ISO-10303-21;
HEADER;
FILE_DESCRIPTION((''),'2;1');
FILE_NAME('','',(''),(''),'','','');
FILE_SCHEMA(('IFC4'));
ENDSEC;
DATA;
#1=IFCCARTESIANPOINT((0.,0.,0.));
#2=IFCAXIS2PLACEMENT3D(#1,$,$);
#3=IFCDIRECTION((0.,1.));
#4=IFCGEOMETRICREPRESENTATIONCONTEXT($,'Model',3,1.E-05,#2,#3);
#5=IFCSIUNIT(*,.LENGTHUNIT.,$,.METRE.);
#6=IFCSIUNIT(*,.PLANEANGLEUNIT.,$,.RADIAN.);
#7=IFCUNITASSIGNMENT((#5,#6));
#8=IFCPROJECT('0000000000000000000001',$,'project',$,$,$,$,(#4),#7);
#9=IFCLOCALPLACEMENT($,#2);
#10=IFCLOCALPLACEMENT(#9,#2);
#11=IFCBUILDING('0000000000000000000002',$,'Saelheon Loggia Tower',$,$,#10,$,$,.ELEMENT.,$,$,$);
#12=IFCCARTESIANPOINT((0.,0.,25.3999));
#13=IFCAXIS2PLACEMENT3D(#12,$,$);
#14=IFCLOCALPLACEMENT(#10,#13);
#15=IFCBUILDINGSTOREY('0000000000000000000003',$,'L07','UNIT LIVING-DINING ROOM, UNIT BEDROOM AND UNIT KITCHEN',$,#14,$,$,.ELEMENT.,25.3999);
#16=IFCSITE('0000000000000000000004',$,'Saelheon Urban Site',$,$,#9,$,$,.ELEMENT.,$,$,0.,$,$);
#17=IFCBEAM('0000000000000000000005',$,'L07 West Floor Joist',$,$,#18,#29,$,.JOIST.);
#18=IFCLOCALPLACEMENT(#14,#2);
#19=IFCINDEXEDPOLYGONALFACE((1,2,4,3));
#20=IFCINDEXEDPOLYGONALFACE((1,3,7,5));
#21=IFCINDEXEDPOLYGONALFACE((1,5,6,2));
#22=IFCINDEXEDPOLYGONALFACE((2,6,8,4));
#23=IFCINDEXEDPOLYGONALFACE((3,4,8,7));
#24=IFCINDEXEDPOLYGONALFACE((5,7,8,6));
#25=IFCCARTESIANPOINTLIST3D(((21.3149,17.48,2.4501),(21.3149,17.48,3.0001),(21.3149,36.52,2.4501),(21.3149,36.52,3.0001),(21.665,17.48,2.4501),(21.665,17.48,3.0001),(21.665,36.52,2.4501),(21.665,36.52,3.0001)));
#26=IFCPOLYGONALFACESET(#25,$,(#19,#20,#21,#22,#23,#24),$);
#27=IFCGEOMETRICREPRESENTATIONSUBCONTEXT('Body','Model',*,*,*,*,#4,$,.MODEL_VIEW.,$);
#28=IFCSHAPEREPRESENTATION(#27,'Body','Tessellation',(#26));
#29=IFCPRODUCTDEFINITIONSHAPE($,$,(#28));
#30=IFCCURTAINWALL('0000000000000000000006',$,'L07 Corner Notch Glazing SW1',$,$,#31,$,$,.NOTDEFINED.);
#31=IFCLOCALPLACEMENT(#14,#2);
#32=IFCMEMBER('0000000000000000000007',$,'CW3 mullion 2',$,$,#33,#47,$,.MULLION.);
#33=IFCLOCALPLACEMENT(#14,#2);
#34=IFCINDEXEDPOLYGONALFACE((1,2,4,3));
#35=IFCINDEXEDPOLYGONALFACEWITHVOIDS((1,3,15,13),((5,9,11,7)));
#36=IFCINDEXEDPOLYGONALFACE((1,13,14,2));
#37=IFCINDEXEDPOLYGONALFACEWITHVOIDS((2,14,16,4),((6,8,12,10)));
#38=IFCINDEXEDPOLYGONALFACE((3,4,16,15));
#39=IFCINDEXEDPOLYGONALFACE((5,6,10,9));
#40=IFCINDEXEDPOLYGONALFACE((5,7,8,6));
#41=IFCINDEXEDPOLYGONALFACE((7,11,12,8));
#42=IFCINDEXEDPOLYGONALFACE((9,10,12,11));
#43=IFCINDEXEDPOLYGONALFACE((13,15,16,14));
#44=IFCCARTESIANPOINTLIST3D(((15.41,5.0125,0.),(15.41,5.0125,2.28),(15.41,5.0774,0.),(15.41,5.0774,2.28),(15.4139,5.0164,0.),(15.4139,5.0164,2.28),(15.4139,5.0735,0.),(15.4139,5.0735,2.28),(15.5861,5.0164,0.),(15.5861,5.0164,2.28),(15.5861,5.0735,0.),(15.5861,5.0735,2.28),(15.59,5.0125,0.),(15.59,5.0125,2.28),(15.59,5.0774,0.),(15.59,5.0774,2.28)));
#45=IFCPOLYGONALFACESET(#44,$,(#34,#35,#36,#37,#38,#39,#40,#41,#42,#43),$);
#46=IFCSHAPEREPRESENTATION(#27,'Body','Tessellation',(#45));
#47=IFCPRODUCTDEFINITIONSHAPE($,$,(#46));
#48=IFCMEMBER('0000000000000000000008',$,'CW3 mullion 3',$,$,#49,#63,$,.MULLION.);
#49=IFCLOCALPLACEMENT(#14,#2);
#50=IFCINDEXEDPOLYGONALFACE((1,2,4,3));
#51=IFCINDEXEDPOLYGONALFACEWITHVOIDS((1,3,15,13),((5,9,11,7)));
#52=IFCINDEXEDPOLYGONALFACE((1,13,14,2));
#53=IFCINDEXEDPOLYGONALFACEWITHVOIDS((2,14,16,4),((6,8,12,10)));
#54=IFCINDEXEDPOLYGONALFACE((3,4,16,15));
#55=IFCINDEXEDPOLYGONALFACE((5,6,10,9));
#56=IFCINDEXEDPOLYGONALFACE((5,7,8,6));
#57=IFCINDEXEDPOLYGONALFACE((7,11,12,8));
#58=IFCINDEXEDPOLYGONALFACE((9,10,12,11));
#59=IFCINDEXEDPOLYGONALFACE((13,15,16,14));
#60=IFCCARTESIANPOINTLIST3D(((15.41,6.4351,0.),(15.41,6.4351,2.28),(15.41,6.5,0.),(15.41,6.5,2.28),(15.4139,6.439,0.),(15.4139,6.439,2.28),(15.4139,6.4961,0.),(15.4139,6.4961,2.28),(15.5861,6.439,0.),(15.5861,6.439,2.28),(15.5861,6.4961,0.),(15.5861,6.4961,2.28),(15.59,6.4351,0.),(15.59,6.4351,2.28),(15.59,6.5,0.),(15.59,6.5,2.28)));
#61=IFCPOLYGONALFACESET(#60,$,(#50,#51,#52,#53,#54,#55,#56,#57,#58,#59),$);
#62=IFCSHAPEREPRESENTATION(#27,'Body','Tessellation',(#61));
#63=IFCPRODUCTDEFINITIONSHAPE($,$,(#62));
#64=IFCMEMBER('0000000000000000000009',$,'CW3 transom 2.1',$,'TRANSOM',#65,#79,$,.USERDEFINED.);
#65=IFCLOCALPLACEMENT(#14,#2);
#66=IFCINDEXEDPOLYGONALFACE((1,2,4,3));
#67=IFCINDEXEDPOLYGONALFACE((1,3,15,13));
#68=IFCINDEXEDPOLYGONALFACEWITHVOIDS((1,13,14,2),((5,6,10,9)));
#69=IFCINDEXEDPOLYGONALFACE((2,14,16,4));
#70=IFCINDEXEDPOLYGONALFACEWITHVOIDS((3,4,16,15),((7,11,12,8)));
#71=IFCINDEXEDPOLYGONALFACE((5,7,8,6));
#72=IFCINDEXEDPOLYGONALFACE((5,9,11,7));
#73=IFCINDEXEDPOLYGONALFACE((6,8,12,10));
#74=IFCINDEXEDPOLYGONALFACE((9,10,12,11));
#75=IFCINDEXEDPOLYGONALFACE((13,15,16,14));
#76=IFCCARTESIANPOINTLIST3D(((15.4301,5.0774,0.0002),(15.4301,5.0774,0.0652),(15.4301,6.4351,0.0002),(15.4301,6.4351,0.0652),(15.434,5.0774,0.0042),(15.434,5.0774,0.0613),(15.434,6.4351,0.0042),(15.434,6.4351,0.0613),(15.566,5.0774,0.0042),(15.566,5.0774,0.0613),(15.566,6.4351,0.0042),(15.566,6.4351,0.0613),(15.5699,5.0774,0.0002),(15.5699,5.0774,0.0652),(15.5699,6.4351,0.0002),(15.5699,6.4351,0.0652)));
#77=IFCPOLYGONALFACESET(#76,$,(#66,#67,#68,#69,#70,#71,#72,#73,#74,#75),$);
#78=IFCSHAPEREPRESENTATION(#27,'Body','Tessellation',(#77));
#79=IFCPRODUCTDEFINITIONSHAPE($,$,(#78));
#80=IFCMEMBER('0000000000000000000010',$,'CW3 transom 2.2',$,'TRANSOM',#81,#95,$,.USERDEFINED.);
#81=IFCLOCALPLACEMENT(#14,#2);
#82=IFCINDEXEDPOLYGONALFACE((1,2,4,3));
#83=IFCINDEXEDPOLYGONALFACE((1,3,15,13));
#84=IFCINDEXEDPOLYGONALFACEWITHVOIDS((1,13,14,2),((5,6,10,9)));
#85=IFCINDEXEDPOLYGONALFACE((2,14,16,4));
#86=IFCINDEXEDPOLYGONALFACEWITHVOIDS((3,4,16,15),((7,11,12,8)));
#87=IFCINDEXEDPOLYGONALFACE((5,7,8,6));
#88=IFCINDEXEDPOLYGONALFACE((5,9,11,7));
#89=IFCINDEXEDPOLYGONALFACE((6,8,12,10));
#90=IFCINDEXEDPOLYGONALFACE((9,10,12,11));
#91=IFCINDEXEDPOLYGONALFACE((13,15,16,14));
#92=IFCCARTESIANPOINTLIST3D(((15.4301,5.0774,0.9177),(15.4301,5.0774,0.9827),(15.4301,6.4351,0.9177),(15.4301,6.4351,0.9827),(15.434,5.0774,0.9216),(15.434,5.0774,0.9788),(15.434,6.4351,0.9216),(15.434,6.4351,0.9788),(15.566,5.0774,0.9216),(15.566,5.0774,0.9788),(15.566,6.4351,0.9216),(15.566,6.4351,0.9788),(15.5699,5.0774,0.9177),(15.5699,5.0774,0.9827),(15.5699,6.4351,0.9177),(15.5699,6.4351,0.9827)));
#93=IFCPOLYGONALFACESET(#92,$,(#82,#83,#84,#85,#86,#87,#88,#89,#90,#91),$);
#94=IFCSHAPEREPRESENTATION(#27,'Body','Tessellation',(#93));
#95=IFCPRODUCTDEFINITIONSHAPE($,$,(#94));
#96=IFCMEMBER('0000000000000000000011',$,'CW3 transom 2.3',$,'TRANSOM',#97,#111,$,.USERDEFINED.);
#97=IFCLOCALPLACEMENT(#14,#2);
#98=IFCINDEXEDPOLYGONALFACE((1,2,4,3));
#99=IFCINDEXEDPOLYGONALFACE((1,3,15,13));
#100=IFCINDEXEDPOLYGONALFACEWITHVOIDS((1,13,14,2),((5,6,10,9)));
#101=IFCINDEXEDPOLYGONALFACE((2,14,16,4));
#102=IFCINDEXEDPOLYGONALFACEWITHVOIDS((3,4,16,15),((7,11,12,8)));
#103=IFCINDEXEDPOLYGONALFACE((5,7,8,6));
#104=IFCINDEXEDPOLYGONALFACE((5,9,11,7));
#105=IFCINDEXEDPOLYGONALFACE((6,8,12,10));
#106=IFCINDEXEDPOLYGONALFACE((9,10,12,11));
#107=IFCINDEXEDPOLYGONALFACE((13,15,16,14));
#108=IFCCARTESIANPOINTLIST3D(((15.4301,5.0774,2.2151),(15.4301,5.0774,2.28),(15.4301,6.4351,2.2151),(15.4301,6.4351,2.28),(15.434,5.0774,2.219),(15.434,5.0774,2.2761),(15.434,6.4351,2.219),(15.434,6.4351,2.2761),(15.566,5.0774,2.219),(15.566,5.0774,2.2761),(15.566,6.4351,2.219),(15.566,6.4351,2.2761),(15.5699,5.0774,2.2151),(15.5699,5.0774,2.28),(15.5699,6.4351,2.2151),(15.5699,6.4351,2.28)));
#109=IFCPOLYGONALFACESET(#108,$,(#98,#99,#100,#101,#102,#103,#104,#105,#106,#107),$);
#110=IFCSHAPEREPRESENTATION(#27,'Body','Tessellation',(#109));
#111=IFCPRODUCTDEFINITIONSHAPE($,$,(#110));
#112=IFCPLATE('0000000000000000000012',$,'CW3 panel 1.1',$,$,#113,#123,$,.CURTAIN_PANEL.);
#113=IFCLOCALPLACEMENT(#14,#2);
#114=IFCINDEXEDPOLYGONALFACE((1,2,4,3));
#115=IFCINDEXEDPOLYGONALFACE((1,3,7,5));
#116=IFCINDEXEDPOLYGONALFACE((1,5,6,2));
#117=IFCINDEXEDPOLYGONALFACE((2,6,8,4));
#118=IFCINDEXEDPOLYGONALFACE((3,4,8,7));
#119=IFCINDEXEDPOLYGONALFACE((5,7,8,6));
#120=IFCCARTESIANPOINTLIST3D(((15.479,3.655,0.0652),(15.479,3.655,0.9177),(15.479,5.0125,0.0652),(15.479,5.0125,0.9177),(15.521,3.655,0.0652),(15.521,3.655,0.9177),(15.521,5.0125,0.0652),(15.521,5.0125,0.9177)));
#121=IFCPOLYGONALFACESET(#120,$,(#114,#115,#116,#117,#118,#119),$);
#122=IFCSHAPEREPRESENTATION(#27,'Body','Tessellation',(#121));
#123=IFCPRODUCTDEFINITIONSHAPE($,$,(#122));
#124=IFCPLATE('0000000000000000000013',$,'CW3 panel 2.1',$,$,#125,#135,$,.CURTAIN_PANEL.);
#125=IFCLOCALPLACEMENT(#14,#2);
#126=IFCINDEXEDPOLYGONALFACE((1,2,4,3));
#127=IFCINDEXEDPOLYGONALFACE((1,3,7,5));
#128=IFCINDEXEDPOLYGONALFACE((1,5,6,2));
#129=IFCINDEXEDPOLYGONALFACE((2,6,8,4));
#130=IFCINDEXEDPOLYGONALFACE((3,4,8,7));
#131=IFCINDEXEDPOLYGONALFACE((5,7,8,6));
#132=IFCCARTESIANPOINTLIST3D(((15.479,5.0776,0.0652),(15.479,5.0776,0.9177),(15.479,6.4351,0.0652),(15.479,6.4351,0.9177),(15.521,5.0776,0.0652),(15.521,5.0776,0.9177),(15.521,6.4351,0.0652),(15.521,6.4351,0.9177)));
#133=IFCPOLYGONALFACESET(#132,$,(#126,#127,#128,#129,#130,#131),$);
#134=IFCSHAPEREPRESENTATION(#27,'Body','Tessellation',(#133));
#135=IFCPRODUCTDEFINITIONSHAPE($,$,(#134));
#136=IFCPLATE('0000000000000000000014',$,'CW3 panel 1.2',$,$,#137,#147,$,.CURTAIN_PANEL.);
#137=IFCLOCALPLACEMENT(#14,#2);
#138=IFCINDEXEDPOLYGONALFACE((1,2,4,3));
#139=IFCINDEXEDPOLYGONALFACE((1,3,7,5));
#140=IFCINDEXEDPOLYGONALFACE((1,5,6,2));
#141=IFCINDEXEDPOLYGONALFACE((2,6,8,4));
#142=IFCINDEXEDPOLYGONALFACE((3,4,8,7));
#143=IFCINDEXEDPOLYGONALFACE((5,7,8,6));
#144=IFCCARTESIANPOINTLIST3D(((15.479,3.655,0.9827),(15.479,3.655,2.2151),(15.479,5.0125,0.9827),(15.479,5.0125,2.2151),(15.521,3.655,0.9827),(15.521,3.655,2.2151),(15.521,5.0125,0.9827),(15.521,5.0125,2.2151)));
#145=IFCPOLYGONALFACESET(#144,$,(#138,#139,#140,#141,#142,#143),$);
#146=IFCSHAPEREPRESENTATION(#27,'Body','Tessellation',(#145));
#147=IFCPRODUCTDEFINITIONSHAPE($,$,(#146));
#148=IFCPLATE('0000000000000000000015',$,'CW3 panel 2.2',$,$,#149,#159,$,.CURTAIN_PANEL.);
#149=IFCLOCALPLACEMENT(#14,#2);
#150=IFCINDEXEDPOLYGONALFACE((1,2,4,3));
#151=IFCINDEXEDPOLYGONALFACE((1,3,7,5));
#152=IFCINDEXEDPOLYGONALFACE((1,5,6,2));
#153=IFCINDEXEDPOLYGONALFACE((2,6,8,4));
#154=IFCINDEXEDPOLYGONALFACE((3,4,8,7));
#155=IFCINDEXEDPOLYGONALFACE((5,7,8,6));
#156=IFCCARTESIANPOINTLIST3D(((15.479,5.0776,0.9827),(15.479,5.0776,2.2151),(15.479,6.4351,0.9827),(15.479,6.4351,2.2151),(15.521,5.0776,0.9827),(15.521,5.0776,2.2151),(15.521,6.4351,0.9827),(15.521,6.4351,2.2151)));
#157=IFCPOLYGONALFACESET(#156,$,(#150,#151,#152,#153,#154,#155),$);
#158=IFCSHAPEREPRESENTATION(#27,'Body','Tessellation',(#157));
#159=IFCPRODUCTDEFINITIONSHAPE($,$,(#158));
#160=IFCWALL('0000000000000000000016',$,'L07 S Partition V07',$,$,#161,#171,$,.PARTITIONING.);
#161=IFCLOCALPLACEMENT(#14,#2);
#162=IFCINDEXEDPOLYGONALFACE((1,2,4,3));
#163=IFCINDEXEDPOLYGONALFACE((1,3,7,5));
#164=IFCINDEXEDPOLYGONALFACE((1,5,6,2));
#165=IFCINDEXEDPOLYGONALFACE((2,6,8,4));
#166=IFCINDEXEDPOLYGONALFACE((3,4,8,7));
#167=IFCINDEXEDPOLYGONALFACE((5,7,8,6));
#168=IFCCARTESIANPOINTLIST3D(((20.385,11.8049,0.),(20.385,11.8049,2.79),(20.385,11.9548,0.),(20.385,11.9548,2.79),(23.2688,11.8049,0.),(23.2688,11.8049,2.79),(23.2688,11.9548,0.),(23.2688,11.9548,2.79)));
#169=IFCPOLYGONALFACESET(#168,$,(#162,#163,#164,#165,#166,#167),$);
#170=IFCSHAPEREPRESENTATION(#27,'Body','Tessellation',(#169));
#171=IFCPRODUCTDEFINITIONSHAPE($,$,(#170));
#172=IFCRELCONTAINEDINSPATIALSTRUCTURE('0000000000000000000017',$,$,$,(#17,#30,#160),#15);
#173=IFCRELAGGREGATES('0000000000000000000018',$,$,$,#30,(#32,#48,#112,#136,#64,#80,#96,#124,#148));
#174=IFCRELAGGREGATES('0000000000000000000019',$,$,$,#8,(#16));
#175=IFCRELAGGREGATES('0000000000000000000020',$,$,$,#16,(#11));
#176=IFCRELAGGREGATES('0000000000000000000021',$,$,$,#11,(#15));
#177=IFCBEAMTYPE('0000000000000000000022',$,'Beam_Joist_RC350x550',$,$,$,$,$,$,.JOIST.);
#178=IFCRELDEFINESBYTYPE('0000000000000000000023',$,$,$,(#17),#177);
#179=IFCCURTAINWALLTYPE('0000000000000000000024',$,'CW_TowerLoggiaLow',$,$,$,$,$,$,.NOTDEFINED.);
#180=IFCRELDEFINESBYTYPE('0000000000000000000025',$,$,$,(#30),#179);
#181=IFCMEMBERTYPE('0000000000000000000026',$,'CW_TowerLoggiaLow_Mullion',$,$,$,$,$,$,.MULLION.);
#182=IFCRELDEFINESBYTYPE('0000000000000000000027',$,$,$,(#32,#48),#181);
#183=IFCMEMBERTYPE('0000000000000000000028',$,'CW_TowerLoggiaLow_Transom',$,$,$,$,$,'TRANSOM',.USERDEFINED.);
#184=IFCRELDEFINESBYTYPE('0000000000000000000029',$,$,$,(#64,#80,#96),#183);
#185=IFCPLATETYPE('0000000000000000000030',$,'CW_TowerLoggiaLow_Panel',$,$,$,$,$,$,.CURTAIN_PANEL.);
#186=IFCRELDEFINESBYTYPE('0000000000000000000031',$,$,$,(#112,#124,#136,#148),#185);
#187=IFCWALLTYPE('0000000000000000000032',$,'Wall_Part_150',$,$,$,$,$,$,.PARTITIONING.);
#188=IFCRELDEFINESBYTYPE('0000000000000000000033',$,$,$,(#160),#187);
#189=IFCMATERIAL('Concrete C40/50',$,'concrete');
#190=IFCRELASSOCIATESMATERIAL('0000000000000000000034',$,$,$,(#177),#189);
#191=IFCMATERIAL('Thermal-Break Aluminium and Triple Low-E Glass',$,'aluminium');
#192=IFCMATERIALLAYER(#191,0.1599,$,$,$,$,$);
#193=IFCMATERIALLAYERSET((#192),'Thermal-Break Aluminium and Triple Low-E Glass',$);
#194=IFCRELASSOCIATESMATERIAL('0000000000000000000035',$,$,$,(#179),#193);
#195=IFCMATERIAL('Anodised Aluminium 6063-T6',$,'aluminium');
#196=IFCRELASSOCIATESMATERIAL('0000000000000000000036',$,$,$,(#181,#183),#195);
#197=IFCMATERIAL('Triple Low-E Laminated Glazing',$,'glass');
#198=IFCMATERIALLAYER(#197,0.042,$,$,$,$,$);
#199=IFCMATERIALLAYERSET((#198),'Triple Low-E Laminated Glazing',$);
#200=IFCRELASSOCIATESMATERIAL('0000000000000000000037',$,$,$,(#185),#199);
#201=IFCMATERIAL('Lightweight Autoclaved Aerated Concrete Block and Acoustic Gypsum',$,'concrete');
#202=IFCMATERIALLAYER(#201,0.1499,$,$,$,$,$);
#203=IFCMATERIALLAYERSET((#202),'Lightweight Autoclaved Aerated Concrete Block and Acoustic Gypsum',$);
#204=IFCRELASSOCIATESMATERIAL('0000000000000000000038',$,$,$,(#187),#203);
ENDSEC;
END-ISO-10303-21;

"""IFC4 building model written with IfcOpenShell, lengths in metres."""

from ifc_helpers import new_model, si_unit, direction, frame, frame_2d, origin, origin_2d, place, context, subcontext, project, spatial, rectangle, hollow_rectangle, extrude, source, transform, mapped, material, layer, layer_set, material_profile, profile_set, type_object, element, aggregate, save


model = new_model("IFC4")

# Units and contexts
model_context = context("Model", 3, precision=1e-05, world=origin(), true_north=direction((0.0, 1.0)))
body_context = subcontext(model_context, "Body", "Model", "MODEL_VIEW")
ifc_project = project(units=[si_unit("LENGTHUNIT", "METRE"), si_unit("PLANEANGLEUNIT", "RADIAN")], contexts=[model_context])

# Site, building, storey
site_placement = place(None, origin())
site = spatial("IfcSite", under=ifc_project, at=site_placement, Name="Saelheon Urban Site", CompositionType="ELEMENT", RefElevation=0.0)
building_placement = place(site_placement, origin())
building = spatial("IfcBuilding", under=site, at=building_placement, Name="Saelheon Loggia Tower", CompositionType="ELEMENT")
storey_placement = place(building_placement, frame((0.0, 0.0, 25.3999)))
storey = spatial("IfcBuildingStorey", under=building, at=storey_placement, Name="L07", Description="UNIT LIVING-DINING ROOM, UNIT BEDROOM AND UNIT KITCHEN", CompositionType="ELEMENT", Elevation=25.3999)

# Beam
ifc_material_1 = material(Name="Concrete C40/50", Category="concrete")
ifc_material_profile_1 = material_profile(ifc_material_1, rectangle(XDim=0.3501, YDim=0.55, at=origin_2d()), Name="RC-350x550")
ifc_profile_set_1 = profile_set([ifc_material_profile_1], Name="Concrete C40/50")
beam_type = type_object("IfcBeamType", Name="Beam_Joist_RC350x550", PredefinedType="JOIST", material=ifc_profile_set_1)
shared_shape_1 = source(origin(), body_context, "Body", "SweptSolid", [
    extrude(rectangle(XDim=0.3501, YDim=0.55, at=origin_2d()), origin(), (0.0, 0.0, 1.0), 19.04),
])
beam_placement = place(storey_placement, frame((21.49, 17.48, 2.7251), z_axis=(0.0, 1.0, 0.0), x_axis=(-1.0, 0.0, 0.0)))
element("IfcBeam", 1, at=beam_placement, inside=storey, type_object=beam_type, Name="L07 West Floor Joist", PredefinedType="JOIST", context=body_context, shape_type="MappedRepresentation", body=[
    mapped(shared_shape_1, transform((0.0, 0.0, 0.0), scale=1.0)),
])

# Curtain wall, members, plates
ifc_material_2 = material(Name="Thermal-Break Aluminium and Triple Low-E Glass", Category="aluminium")
ifc_layer_1 = layer(ifc_material_2, 0.1599)
ifc_layer_set_1 = layer_set([ifc_layer_1], Name="Thermal-Break Aluminium and Triple Low-E Glass")
curtain_wall_type = type_object("IfcCurtainWallType", Name="CW_TowerLoggiaLow", PredefinedType="NOTDEFINED", material=ifc_layer_set_1)
curtain_wall_placement = place(storey_placement, origin())
curtain_wall = element("IfcCurtainWall", 2, at=curtain_wall_placement, inside=storey, type_object=curtain_wall_type, Name="L07 Corner Notch Glazing SW1", PredefinedType="NOTDEFINED")
ifc_material_3 = material(Name="Anodised Aluminium 6063-T6", Category="aluminium")
ifc_material_profile_2 = material_profile(ifc_material_3, hollow_rectangle(XDim=0.0649, YDim=0.1799, WallThickness=0.0039, at=origin_2d()), Name="RHS-180x65x4")
ifc_profile_set_2 = profile_set([ifc_material_profile_2], Name="Anodised Aluminium 6063-T6")
member_type_1 = type_object("IfcMemberType", Name="CW_TowerLoggiaLow_Mullion", PredefinedType="MULLION", material=ifc_profile_set_2)
shared_shape_2 = source(origin(), body_context, "Body", "SweptSolid", [
    extrude(hollow_rectangle(XDim=0.0649, YDim=0.1799, WallThickness=0.0039, at=origin_2d()), origin(), (0.0, 0.0, 1.0), 2.28),
])
member_1_placement = place(storey_placement, frame((15.5, 5.0449, 0.0), z_axis=(0.0, 0.0, 1.0), x_axis=(0.0, 1.0, 0.0)))
member_1 = element("IfcMember", 3, at=member_1_placement, type_object=member_type_1, Name="CW3 mullion 2", PredefinedType="MULLION", context=body_context, shape_type="MappedRepresentation", body=[
    mapped(shared_shape_2, transform((0.0, 0.0, 0.0), scale=1.0)),
])
member_2_placement = place(storey_placement, frame((15.5, 6.4675, 0.0), z_axis=(0.0, 0.0, 1.0), x_axis=(0.0, 1.0, 0.0)))
member_2 = element("IfcMember", 4, at=member_2_placement, type_object=member_type_1, Name="CW3 mullion 3", PredefinedType="MULLION", context=body_context, shape_type="MappedRepresentation", body=[
    mapped(shared_shape_2, transform((0.0, 0.0, 0.0), scale=1.0)),
])
ifc_material_profile_3 = material_profile(ifc_material_3, hollow_rectangle(XDim=0.0649, YDim=0.1399, WallThickness=0.0039, at=origin_2d()), Name="RHS-140x65x4")
ifc_profile_set_3 = profile_set([ifc_material_profile_3], Name="Anodised Aluminium 6063-T6")
member_type_2 = type_object("IfcMemberType", Name="CW_TowerLoggiaLow_Transom", ElementType="TRANSOM", PredefinedType="USERDEFINED", material=ifc_profile_set_3)
shared_shape_3 = source(origin(), body_context, "Body", "SweptSolid", [
    extrude(hollow_rectangle(XDim=0.0649, YDim=0.1399, WallThickness=0.0039, at=origin_2d()), origin(), (0.0, 0.0, 1.0), 1.3577),
])
member_3_placement = place(storey_placement, frame((15.5, 5.0774, 0.0327), z_axis=(0.0, 1.0, 0.0), x_axis=(0.0, 0.0, 1.0)))
member_3 = element("IfcMember", 5, at=member_3_placement, type_object=member_type_2, Name="CW3 transom 2.1", ObjectType="TRANSOM", PredefinedType="USERDEFINED", context=body_context, shape_type="MappedRepresentation", body=[
    mapped(shared_shape_3, transform((0.0, 0.0, 0.0), scale=1.0)),
])
member_4_placement = place(storey_placement, frame((15.5, 5.0774, 0.9502), z_axis=(0.0, 1.0, 0.0), x_axis=(0.0, 0.0, 1.0)))
member_4 = element("IfcMember", 6, at=member_4_placement, type_object=member_type_2, Name="CW3 transom 2.2", ObjectType="TRANSOM", PredefinedType="USERDEFINED", context=body_context, shape_type="MappedRepresentation", body=[
    mapped(shared_shape_3, transform((0.0, 0.0, 0.0), scale=1.0)),
])
member_5_placement = place(storey_placement, frame((15.5, 5.0774, 2.2476), z_axis=(0.0, 1.0, 0.0), x_axis=(0.0, 0.0, 1.0)))
member_5 = element("IfcMember", 7, at=member_5_placement, type_object=member_type_2, Name="CW3 transom 2.3", ObjectType="TRANSOM", PredefinedType="USERDEFINED", context=body_context, shape_type="MappedRepresentation", body=[
    mapped(shared_shape_3, transform((0.0, 0.0, 0.0), scale=1.0)),
])
ifc_material_4 = material(Name="Triple Low-E Laminated Glazing", Category="glass")
ifc_layer_2 = layer(ifc_material_4, 0.042)
ifc_layer_set_2 = layer_set([ifc_layer_2], Name="Triple Low-E Laminated Glazing")
plate_type = type_object("IfcPlateType", Name="CW_TowerLoggiaLow_Panel", PredefinedType="CURTAIN_PANEL", material=ifc_layer_set_2)
shared_shape_4 = source(origin(), body_context, "Body", "SweptSolid", [
    extrude(rectangle(XDim=1.3574, YDim=0.042, at=origin_2d()), origin(), (0.0, 0.0, 1.0), 0.8525),
])
plate_1_placement = place(storey_placement, frame((15.5, 4.3337, 0.0652), z_axis=(0.0, 0.0, 1.0), x_axis=(0.0, 1.0, 0.0)))
plate_1 = element("IfcPlate", 8, at=plate_1_placement, type_object=plate_type, Name="CW3 panel 1.1", PredefinedType="CURTAIN_PANEL", context=body_context, shape_type="MappedRepresentation", body=[
    mapped(shared_shape_4, transform((0.0, 0.0, 0.0), scale=1.0)),
])
plate_2_placement = place(storey_placement, frame((15.5, 5.7563, 0.0652), z_axis=(0.0, 0.0, 1.0), x_axis=(0.0, 1.0, 0.0)))
plate_2 = element("IfcPlate", 9, at=plate_2_placement, type_object=plate_type, Name="CW3 panel 2.1", PredefinedType="CURTAIN_PANEL", context=body_context, shape_type="MappedRepresentation", body=[
    mapped(shared_shape_4, transform((0.0, 0.0, 0.0), scale=1.0)),
])
shared_shape_5 = source(origin(), body_context, "Body", "SweptSolid", [
    extrude(rectangle(XDim=1.3574, YDim=0.042, at=origin_2d()), origin(), (0.0, 0.0, 1.0), 1.2324),
])
plate_3_placement = place(storey_placement, frame((15.5, 4.3337, 0.9827), z_axis=(0.0, 0.0, 1.0), x_axis=(0.0, 1.0, 0.0)))
plate_3 = element("IfcPlate", 10, at=plate_3_placement, type_object=plate_type, Name="CW3 panel 1.2", PredefinedType="CURTAIN_PANEL", context=body_context, shape_type="MappedRepresentation", body=[
    mapped(shared_shape_5, transform((0.0, 0.0, 0.0), scale=1.0)),
])
plate_4_placement = place(storey_placement, frame((15.5, 5.7563, 0.9827), z_axis=(0.0, 0.0, 1.0), x_axis=(0.0, 1.0, 0.0)))
plate_4 = element("IfcPlate", 11, at=plate_4_placement, type_object=plate_type, Name="CW3 panel 2.2", PredefinedType="CURTAIN_PANEL", context=body_context, shape_type="MappedRepresentation", body=[
    mapped(shared_shape_5, transform((0.0, 0.0, 0.0), scale=1.0)),
])
aggregate(curtain_wall, [member_1, member_2, plate_1, plate_3, member_3, member_4, member_5, plate_2, plate_4])

# Wall
ifc_material_5 = material(Name="Lightweight Autoclaved Aerated Concrete Block and Acoustic Gypsum", Category="concrete")
ifc_layer_3 = layer(ifc_material_5, 0.1499)
ifc_layer_set_3 = layer_set([ifc_layer_3], Name="Lightweight Autoclaved Aerated Concrete Block and Acoustic Gypsum")
wall_type_1 = type_object("IfcWallType", Name="Wall_Part_150", PredefinedType="PARTITIONING", material=ifc_layer_set_3)
wall_1_placement = place(storey_placement, frame((20.385, 11.8799, 0.0), z_axis=(0.0, 0.0, 1.0), x_axis=(1.0, 0.0, 0.0)))
element("IfcWall", 12, at=wall_1_placement, inside=storey, type_object=wall_type_1, Name="L07 S Partition V07", PredefinedType="PARTITIONING", context=body_context, shape_type="SweptSolid", body=[
    extrude(rectangle(XDim=2.8838, YDim=0.1499, at=frame_2d((1.4419, 0.0))), origin(), (0.0, 0.0, 1.0), 2.79),
])

save(model, "model.ifc")
